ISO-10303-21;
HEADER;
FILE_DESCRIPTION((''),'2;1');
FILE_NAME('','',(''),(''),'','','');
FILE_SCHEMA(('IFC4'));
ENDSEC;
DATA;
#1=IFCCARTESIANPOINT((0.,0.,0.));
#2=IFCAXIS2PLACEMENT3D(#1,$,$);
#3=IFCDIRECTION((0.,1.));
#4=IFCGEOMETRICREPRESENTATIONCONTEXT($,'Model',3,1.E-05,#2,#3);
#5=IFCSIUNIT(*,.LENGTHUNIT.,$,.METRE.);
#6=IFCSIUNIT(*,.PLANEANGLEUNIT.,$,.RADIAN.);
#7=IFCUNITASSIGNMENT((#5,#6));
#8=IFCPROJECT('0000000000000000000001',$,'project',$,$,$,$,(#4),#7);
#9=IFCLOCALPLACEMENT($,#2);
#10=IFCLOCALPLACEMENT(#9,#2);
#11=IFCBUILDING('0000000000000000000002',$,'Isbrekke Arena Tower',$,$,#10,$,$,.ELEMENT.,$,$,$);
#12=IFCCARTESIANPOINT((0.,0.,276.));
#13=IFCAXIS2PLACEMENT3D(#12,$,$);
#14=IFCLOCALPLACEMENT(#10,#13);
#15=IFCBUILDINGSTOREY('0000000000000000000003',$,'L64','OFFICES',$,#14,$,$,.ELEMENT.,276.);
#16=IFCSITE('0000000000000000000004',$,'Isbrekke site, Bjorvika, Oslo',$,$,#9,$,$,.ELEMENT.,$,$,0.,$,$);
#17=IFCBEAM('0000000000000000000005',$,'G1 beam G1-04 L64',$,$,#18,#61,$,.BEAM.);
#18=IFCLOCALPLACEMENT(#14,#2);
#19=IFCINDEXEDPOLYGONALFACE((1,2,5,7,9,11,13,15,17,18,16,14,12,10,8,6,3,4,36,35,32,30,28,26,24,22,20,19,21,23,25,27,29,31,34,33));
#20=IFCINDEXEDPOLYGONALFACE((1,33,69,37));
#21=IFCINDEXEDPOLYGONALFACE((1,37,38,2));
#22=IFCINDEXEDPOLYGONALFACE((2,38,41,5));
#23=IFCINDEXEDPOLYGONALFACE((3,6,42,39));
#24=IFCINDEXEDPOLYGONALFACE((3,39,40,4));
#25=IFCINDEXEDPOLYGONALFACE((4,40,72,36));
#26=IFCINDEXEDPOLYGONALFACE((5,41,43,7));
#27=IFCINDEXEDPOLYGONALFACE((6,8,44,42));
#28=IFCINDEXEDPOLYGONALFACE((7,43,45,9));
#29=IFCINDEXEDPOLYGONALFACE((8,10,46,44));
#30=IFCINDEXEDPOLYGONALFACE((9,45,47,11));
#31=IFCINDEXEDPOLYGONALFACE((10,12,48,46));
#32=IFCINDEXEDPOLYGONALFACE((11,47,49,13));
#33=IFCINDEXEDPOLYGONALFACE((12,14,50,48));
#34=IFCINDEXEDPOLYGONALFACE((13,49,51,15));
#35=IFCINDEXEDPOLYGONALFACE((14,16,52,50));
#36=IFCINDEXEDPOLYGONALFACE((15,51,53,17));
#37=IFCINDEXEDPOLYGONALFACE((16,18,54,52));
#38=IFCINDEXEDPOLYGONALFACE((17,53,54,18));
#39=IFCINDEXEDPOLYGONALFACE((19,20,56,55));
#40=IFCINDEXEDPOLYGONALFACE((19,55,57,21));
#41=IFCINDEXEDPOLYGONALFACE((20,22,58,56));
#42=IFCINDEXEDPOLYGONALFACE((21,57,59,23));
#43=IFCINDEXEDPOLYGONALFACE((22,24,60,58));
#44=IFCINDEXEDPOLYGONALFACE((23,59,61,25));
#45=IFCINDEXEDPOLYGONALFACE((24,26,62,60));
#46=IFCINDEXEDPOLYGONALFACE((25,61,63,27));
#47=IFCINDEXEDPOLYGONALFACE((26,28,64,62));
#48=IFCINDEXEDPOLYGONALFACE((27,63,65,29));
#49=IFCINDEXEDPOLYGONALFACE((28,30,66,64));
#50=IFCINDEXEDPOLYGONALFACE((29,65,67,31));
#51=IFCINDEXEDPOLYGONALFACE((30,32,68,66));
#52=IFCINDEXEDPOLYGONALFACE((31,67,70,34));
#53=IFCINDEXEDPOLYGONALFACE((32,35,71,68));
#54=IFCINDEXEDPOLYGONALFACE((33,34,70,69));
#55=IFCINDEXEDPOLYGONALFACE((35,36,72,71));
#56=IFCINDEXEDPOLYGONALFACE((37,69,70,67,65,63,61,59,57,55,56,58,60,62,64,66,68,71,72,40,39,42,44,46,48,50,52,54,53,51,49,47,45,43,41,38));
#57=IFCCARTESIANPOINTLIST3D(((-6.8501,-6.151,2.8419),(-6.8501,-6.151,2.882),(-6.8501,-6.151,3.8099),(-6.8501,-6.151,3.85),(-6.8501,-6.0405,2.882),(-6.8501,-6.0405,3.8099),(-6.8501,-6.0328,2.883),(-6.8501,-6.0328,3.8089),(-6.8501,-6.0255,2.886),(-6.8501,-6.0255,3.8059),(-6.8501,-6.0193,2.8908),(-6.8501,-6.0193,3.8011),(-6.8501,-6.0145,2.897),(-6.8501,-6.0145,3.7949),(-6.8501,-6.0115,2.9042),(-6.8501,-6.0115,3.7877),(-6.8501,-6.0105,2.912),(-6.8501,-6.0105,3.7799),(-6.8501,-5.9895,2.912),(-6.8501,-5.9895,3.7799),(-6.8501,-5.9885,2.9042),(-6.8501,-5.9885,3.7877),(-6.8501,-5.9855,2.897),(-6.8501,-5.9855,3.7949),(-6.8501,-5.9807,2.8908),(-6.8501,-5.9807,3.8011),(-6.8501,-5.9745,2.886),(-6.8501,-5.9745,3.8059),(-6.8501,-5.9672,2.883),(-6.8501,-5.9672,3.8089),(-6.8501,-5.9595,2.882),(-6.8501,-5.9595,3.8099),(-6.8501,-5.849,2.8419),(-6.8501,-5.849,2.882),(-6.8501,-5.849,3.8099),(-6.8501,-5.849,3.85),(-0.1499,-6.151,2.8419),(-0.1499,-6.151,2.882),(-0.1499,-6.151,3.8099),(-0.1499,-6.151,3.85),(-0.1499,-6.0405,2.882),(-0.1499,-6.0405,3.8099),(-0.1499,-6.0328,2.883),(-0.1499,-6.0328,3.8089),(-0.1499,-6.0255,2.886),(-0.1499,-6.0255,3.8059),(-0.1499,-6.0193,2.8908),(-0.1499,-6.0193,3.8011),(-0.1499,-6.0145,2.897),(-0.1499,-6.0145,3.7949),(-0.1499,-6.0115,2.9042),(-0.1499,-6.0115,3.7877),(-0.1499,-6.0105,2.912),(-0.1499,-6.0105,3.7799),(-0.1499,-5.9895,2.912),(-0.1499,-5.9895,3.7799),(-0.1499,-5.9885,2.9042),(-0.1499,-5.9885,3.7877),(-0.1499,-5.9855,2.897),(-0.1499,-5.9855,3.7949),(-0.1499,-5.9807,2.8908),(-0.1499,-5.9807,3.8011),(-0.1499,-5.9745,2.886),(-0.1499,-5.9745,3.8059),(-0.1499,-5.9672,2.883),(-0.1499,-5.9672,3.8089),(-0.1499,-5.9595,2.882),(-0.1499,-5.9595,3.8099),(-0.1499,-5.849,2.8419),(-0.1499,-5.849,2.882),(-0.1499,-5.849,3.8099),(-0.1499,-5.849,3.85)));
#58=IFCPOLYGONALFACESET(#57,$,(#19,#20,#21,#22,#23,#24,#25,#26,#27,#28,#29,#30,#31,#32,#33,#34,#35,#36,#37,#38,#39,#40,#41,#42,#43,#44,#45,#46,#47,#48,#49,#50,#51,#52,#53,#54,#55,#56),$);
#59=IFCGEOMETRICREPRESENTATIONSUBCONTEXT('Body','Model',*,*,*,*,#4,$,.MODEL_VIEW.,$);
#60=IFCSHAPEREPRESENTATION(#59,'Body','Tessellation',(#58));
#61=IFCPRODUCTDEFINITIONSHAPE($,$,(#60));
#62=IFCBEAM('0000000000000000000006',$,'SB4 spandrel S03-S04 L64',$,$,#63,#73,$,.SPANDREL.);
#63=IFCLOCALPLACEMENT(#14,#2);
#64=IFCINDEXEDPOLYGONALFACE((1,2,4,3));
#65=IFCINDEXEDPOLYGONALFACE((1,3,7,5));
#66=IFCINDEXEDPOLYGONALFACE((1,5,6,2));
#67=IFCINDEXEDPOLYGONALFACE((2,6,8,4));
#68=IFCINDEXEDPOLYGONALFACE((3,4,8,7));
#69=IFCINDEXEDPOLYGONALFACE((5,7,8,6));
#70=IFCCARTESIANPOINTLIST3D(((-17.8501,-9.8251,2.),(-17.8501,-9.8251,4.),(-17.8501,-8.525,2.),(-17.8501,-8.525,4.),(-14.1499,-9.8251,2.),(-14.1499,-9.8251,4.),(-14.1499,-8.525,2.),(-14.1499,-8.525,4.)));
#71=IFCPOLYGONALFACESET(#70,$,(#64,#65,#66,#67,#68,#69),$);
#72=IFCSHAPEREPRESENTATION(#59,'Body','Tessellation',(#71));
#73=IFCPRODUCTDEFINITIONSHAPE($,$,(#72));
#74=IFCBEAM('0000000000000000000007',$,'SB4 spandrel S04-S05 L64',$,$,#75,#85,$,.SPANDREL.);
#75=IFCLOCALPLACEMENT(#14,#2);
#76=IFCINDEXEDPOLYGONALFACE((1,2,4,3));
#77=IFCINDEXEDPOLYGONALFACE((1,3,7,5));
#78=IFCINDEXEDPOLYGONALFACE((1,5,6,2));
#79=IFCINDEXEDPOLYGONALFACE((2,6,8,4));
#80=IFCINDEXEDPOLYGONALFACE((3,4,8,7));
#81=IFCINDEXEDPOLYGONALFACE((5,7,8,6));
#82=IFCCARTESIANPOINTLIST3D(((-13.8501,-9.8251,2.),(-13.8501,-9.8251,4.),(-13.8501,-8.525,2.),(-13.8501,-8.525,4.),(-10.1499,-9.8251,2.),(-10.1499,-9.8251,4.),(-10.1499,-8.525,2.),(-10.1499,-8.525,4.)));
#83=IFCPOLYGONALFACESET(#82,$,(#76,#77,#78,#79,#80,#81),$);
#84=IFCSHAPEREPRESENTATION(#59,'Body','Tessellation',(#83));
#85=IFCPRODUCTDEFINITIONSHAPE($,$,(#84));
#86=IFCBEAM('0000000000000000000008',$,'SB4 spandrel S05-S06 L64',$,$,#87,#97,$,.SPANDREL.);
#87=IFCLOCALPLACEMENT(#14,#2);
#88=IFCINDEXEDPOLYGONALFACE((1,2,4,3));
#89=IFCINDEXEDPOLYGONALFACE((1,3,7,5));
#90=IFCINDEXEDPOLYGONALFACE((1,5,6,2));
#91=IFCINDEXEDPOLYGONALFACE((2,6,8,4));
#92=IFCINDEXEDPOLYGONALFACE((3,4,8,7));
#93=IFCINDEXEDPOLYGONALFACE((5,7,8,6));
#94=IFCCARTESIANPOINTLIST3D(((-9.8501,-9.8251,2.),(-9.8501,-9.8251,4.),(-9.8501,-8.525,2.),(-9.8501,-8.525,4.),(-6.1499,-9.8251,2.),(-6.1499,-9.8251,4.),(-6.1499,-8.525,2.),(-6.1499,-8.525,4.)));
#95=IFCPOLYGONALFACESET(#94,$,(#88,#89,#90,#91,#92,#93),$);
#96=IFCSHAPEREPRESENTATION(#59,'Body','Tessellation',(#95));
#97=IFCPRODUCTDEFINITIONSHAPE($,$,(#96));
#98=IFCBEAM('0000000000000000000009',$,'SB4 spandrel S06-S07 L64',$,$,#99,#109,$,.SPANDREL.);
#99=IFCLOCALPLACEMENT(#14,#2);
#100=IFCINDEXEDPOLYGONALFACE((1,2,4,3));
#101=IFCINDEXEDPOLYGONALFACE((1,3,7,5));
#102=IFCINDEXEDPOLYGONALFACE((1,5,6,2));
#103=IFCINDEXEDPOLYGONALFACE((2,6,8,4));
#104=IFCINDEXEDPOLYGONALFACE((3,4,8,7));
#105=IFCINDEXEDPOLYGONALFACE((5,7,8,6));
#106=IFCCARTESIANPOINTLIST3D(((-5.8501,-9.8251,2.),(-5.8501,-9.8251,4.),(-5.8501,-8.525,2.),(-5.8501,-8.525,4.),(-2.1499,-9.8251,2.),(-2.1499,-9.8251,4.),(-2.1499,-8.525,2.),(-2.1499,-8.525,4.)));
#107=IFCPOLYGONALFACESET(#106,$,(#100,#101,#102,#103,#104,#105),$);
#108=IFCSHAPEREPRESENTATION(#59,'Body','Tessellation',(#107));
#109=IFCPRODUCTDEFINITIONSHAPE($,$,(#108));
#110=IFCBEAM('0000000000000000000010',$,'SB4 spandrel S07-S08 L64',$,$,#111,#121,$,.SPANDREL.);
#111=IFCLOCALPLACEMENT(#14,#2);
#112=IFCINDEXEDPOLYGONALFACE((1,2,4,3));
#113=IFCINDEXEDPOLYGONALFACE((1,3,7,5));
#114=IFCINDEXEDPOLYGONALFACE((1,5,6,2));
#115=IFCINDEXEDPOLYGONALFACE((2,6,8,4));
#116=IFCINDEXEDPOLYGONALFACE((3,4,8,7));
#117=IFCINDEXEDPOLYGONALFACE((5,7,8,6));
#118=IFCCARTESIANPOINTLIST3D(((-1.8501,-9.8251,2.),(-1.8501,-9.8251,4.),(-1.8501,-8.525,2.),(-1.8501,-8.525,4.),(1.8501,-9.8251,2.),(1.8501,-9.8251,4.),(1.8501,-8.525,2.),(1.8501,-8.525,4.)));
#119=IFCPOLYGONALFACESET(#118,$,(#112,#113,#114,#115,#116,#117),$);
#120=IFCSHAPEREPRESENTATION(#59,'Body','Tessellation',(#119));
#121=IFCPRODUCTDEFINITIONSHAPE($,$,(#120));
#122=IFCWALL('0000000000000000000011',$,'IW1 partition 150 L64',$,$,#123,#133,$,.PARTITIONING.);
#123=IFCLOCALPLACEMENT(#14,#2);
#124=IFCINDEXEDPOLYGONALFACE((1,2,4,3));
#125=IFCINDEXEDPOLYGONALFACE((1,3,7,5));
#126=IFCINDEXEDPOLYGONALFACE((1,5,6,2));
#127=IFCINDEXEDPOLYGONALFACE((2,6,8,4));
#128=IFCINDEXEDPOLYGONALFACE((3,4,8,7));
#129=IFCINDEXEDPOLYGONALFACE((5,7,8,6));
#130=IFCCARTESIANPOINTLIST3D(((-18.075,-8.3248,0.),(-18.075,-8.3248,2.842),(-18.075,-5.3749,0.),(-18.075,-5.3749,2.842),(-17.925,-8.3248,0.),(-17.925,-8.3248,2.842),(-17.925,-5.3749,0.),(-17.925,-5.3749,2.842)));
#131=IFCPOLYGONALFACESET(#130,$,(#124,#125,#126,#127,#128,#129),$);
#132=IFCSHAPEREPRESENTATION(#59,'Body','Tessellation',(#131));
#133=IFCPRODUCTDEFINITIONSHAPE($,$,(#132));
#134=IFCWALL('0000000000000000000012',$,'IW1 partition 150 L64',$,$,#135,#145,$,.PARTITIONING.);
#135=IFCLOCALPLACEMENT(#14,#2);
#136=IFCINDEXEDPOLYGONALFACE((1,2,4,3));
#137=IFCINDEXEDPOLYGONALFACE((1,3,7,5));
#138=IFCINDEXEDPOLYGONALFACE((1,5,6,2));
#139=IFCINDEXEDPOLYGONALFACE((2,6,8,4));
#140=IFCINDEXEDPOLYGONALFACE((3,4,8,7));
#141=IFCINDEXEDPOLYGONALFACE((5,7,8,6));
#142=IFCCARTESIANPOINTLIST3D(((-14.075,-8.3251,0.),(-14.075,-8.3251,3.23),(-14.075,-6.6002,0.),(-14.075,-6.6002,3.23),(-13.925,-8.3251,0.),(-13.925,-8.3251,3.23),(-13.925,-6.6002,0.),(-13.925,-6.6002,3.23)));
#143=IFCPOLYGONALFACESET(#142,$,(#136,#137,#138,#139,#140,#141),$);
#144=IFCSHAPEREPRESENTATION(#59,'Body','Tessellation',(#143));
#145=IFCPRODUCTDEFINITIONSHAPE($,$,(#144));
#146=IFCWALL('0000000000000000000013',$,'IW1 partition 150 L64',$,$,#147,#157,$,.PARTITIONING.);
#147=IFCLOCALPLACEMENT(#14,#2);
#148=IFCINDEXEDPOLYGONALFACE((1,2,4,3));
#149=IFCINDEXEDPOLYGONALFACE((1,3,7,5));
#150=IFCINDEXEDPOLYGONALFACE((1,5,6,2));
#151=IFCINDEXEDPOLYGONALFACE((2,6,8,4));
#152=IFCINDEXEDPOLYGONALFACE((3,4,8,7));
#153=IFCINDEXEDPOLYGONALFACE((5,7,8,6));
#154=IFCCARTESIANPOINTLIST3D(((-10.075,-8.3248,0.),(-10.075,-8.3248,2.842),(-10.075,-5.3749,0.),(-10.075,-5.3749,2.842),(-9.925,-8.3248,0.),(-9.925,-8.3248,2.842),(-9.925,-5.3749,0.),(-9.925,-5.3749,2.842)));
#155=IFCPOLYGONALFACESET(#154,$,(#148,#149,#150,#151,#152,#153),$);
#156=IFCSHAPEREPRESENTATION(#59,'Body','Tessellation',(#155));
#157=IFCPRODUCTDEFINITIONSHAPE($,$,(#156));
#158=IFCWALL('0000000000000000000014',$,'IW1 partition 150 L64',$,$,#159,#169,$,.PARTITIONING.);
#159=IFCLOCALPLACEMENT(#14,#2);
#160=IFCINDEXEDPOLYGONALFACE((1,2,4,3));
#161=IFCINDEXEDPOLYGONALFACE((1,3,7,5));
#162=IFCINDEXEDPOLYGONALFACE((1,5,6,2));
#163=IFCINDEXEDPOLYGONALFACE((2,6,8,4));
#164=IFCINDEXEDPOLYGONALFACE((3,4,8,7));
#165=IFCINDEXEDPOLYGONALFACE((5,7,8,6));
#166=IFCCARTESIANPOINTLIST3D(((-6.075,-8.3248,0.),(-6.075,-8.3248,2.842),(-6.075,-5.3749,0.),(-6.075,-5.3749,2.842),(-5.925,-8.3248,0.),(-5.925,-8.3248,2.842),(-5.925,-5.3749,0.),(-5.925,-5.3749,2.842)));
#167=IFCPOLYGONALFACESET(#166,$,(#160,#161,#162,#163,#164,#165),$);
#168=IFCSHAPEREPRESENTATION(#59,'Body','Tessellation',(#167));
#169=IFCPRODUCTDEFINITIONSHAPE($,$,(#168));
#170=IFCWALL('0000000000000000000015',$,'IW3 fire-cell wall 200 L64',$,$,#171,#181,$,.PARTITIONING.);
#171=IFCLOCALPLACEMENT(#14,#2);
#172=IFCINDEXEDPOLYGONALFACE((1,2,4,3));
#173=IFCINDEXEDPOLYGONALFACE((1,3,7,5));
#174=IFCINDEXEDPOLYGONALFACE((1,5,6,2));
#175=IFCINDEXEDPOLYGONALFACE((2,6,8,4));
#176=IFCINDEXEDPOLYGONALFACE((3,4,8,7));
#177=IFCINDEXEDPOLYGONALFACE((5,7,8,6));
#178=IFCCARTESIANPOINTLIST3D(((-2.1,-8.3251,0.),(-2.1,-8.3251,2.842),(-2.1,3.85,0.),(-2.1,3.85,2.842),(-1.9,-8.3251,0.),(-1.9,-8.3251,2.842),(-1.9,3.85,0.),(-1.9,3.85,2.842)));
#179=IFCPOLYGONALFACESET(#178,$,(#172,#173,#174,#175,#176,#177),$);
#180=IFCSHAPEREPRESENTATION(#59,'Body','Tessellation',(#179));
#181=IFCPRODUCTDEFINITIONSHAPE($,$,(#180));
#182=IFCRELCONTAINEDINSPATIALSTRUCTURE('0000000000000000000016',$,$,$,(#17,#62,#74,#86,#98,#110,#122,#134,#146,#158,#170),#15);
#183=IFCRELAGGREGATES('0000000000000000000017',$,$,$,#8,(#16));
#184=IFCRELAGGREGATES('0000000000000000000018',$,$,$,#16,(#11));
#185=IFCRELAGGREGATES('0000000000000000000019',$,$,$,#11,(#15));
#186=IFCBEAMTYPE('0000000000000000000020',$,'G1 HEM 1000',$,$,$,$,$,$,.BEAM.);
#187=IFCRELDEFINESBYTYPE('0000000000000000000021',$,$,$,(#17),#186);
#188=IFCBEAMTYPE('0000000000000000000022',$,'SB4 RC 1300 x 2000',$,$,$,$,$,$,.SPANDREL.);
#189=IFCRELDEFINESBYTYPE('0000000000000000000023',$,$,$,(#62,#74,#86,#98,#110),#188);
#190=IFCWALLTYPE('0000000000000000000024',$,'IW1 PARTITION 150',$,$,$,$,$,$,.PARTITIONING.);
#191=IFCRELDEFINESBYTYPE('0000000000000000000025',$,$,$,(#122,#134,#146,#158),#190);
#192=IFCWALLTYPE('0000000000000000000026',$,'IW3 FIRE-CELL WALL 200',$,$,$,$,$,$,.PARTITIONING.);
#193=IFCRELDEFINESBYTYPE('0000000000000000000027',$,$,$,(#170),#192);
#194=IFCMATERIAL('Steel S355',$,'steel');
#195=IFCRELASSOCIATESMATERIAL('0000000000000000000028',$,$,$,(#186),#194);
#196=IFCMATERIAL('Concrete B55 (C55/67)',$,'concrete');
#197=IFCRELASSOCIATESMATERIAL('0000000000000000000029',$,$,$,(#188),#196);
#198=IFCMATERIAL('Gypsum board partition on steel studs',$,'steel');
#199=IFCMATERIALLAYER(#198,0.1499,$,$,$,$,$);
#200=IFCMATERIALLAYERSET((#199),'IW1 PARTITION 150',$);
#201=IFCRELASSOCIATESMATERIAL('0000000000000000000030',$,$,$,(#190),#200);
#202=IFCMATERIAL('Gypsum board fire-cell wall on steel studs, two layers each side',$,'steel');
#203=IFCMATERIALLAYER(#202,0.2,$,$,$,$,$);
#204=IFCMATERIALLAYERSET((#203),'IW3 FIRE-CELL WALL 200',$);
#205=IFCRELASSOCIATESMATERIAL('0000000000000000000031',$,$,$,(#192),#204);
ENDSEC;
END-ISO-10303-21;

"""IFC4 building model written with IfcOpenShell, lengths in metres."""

from ifc_helpers import new_model, si_unit, direction, frame, frame_2d, origin, origin_2d, place, context, subcontext, project, spatial, rectangle, i_section, extrude, material, layer, layer_set, material_profile, profile_set, type_object, element, save


model = new_model("IFC4")

# Units and contexts
model_context = context("Model", 3, precision=1e-05, world=origin(), true_north=direction((0.0, 1.0)))
body_context = subcontext(model_context, "Body", "Model", "MODEL_VIEW")
ifc_project = project(units=[si_unit("LENGTHUNIT", "METRE"), si_unit("PLANEANGLEUNIT", "RADIAN")], contexts=[model_context])

# Site, building, storey
site_placement = place(None, origin())
site = spatial("IfcSite", under=ifc_project, at=site_placement, Name="Isbrekke site, Bjorvika, Oslo", CompositionType="ELEMENT", RefElevation=0.0)
building_placement = place(site_placement, origin())
building = spatial("IfcBuilding", under=site, at=building_placement, Name="Isbrekke Arena Tower", CompositionType="ELEMENT")
storey_placement = place(building_placement, frame((0.0, 0.0, 276.0)))
storey = spatial("IfcBuildingStorey", under=building, at=storey_placement, Name="L64", Description="OFFICES", CompositionType="ELEMENT", Elevation=276.0)

# Beams
ifc_material_1 = material(Name="Steel S355", Category="steel")
ifc_material_profile_1 = material_profile(ifc_material_1, i_section(OverallWidth=0.302, OverallDepth=1.0081, WebThickness=0.021, FlangeThickness=0.04, FilletRadius=0.03, at=origin_2d()), Name="HEM 1000")
ifc_profile_set_1 = profile_set([ifc_material_profile_1], Name="Steel S355")
beam_type_1 = type_object("IfcBeamType", Name="G1 HEM 1000", PredefinedType="BEAM", material=ifc_profile_set_1)
for number, where, z_axis, x_axis, name in (
    (1, (-6.8501, -6.0, 3.3459), (1.0, 0.0, 0.0), (0.0, 1.0, 0.0), "G1 beam G1-04 L64"),
):
    element("IfcBeam", number, at=place(storey_placement, frame(where, z_axis=z_axis, x_axis=x_axis)), inside=storey, type_object=beam_type_1, Name=name, PredefinedType="BEAM", context=body_context, shape_type="SweptSolid", body=[
        extrude(i_section(OverallWidth=0.302, OverallDepth=1.0081, WebThickness=0.021, FlangeThickness=0.04, FilletRadius=0.03, at=origin_2d()), origin(), (0.0, 0.0, 1.0), 6.7002),
    ])
ifc_material_2 = material(Name="Concrete B55 (C55/67)", Category="concrete")
ifc_material_profile_2 = material_profile(ifc_material_2, rectangle(XDim=1.3, YDim=2.0, at=origin_2d()), Name="RC 1300x2000")
ifc_profile_set_2 = profile_set([ifc_material_profile_2], Name="Concrete B55 (C55/67)")
beam_type_2 = type_object("IfcBeamType", Name="SB4 RC 1300 x 2000", PredefinedType="SPANDREL", material=ifc_profile_set_2)
for number, where, z_axis, x_axis, name in (
    (2, (-17.8501, -9.175, 3.0), (1.0, 0.0, 0.0), (0.0, 1.0, 0.0), "SB4 spandrel S03-S04 L64"),
    (3, (-13.8501, -9.175, 3.0), (1.0, 0.0, 0.0), (0.0, 1.0, 0.0), "SB4 spandrel S04-S05 L64"),
    (4, (-9.8501, -9.175, 3.0), (1.0, 0.0, 0.0), (0.0, 1.0, 0.0), "SB4 spandrel S05-S06 L64"),
    (5, (-5.8501, -9.175, 3.0), (1.0, 0.0, 0.0), (0.0, 1.0, 0.0), "SB4 spandrel S06-S07 L64"),
    (6, (-1.8501, -9.175, 3.0), (1.0, 0.0, 0.0), (0.0, 1.0, 0.0), "SB4 spandrel S07-S08 L64"),
):
    element("IfcBeam", number, at=place(storey_placement, frame(where, z_axis=z_axis, x_axis=x_axis)), inside=storey, type_object=beam_type_2, Name=name, PredefinedType="SPANDREL", context=body_context, shape_type="SweptSolid", body=[
        extrude(rectangle(XDim=1.3, YDim=2.0, at=origin_2d()), origin(), (0.0, 0.0, 1.0), 3.7002),
    ])

# Walls
ifc_material_3 = material(Name="Gypsum board partition on steel studs", Category="steel")
ifc_layer_1 = layer(ifc_material_3, 0.1499)
ifc_layer_set_1 = layer_set([ifc_layer_1], Name="IW1 PARTITION 150")
wall_type_1 = type_object("IfcWallType", Name="IW1 PARTITION 150", PredefinedType="PARTITIONING", material=ifc_layer_set_1)
wall_1_placement = place(storey_placement, frame((-18.0, -8.325, 0.0), z_axis=(0.0, 0.0, 1.0), x_axis=(0.0, 1.0, 0.0)))
element("IfcWall", 7, at=wall_1_placement, inside=storey, type_object=wall_type_1, Name="IW1 partition 150 L64", PredefinedType="PARTITIONING", context=body_context, shape_type="SweptSolid", body=[
    extrude(rectangle(XDim=2.95, YDim=0.1499, at=frame_2d((1.4751, 0.0))), origin(), (0.0, 0.0, 1.0), 2.842),
])
wall_2_placement = place(storey_placement, frame((-14.0, -8.325, 0.0), z_axis=(0.0, 0.0, 1.0), x_axis=(0.0, 1.0, 0.0)))
element("IfcWall", 8, at=wall_2_placement, inside=storey, type_object=wall_type_1, Name="IW1 partition 150 L64", PredefinedType="PARTITIONING", context=body_context, shape_type="SweptSolid", body=[
    extrude(rectangle(XDim=1.7249, YDim=0.1499, at=frame_2d((0.8623, 0.0))), origin(), (0.0, 0.0, 1.0), 3.23),
])
for number, where, z_axis, x_axis, name in (
    (9, (-10.0, -8.325, 0.0), (0.0, 0.0, 1.0), (0.0, 1.0, 0.0), "IW1 partition 150 L64"),
    (10, (-6.0, -8.325, 0.0), (0.0, 0.0, 1.0), (0.0, 1.0, 0.0), "IW1 partition 150 L64"),
):
    element("IfcWall", number, at=place(storey_placement, frame(where, z_axis=z_axis, x_axis=x_axis)), inside=storey, type_object=wall_type_1, Name=name, PredefinedType="PARTITIONING", context=body_context, shape_type="SweptSolid", body=[
        extrude(rectangle(XDim=2.95, YDim=0.1499, at=frame_2d((1.4751, 0.0))), origin(), (0.0, 0.0, 1.0), 2.842),
    ])
ifc_material_4 = material(Name="Gypsum board fire-cell wall on steel studs, two layers each side", Category="steel")
ifc_layer_2 = layer(ifc_material_4, 0.2)
ifc_layer_set_2 = layer_set([ifc_layer_2], Name="IW3 FIRE-CELL WALL 200")
wall_type_2 = type_object("IfcWallType", Name="IW3 FIRE-CELL WALL 200", PredefinedType="PARTITIONING", material=ifc_layer_set_2)
wall_3_placement = place(storey_placement, frame((-2.0, -8.325, 0.0), z_axis=(0.0, 0.0, 1.0), x_axis=(0.0, 1.0, 0.0)))
element("IfcWall", 11, at=wall_3_placement, inside=storey, type_object=wall_type_2, Name="IW3 fire-cell wall 200 L64", PredefinedType="PARTITIONING", context=body_context, shape_type="SweptSolid", body=[
    extrude(rectangle(XDim=12.175, YDim=0.2, at=frame_2d((6.0874, 0.0))), origin(), (0.0, 0.0, 1.0), 2.842),
])

save(model, "model.ifc")
